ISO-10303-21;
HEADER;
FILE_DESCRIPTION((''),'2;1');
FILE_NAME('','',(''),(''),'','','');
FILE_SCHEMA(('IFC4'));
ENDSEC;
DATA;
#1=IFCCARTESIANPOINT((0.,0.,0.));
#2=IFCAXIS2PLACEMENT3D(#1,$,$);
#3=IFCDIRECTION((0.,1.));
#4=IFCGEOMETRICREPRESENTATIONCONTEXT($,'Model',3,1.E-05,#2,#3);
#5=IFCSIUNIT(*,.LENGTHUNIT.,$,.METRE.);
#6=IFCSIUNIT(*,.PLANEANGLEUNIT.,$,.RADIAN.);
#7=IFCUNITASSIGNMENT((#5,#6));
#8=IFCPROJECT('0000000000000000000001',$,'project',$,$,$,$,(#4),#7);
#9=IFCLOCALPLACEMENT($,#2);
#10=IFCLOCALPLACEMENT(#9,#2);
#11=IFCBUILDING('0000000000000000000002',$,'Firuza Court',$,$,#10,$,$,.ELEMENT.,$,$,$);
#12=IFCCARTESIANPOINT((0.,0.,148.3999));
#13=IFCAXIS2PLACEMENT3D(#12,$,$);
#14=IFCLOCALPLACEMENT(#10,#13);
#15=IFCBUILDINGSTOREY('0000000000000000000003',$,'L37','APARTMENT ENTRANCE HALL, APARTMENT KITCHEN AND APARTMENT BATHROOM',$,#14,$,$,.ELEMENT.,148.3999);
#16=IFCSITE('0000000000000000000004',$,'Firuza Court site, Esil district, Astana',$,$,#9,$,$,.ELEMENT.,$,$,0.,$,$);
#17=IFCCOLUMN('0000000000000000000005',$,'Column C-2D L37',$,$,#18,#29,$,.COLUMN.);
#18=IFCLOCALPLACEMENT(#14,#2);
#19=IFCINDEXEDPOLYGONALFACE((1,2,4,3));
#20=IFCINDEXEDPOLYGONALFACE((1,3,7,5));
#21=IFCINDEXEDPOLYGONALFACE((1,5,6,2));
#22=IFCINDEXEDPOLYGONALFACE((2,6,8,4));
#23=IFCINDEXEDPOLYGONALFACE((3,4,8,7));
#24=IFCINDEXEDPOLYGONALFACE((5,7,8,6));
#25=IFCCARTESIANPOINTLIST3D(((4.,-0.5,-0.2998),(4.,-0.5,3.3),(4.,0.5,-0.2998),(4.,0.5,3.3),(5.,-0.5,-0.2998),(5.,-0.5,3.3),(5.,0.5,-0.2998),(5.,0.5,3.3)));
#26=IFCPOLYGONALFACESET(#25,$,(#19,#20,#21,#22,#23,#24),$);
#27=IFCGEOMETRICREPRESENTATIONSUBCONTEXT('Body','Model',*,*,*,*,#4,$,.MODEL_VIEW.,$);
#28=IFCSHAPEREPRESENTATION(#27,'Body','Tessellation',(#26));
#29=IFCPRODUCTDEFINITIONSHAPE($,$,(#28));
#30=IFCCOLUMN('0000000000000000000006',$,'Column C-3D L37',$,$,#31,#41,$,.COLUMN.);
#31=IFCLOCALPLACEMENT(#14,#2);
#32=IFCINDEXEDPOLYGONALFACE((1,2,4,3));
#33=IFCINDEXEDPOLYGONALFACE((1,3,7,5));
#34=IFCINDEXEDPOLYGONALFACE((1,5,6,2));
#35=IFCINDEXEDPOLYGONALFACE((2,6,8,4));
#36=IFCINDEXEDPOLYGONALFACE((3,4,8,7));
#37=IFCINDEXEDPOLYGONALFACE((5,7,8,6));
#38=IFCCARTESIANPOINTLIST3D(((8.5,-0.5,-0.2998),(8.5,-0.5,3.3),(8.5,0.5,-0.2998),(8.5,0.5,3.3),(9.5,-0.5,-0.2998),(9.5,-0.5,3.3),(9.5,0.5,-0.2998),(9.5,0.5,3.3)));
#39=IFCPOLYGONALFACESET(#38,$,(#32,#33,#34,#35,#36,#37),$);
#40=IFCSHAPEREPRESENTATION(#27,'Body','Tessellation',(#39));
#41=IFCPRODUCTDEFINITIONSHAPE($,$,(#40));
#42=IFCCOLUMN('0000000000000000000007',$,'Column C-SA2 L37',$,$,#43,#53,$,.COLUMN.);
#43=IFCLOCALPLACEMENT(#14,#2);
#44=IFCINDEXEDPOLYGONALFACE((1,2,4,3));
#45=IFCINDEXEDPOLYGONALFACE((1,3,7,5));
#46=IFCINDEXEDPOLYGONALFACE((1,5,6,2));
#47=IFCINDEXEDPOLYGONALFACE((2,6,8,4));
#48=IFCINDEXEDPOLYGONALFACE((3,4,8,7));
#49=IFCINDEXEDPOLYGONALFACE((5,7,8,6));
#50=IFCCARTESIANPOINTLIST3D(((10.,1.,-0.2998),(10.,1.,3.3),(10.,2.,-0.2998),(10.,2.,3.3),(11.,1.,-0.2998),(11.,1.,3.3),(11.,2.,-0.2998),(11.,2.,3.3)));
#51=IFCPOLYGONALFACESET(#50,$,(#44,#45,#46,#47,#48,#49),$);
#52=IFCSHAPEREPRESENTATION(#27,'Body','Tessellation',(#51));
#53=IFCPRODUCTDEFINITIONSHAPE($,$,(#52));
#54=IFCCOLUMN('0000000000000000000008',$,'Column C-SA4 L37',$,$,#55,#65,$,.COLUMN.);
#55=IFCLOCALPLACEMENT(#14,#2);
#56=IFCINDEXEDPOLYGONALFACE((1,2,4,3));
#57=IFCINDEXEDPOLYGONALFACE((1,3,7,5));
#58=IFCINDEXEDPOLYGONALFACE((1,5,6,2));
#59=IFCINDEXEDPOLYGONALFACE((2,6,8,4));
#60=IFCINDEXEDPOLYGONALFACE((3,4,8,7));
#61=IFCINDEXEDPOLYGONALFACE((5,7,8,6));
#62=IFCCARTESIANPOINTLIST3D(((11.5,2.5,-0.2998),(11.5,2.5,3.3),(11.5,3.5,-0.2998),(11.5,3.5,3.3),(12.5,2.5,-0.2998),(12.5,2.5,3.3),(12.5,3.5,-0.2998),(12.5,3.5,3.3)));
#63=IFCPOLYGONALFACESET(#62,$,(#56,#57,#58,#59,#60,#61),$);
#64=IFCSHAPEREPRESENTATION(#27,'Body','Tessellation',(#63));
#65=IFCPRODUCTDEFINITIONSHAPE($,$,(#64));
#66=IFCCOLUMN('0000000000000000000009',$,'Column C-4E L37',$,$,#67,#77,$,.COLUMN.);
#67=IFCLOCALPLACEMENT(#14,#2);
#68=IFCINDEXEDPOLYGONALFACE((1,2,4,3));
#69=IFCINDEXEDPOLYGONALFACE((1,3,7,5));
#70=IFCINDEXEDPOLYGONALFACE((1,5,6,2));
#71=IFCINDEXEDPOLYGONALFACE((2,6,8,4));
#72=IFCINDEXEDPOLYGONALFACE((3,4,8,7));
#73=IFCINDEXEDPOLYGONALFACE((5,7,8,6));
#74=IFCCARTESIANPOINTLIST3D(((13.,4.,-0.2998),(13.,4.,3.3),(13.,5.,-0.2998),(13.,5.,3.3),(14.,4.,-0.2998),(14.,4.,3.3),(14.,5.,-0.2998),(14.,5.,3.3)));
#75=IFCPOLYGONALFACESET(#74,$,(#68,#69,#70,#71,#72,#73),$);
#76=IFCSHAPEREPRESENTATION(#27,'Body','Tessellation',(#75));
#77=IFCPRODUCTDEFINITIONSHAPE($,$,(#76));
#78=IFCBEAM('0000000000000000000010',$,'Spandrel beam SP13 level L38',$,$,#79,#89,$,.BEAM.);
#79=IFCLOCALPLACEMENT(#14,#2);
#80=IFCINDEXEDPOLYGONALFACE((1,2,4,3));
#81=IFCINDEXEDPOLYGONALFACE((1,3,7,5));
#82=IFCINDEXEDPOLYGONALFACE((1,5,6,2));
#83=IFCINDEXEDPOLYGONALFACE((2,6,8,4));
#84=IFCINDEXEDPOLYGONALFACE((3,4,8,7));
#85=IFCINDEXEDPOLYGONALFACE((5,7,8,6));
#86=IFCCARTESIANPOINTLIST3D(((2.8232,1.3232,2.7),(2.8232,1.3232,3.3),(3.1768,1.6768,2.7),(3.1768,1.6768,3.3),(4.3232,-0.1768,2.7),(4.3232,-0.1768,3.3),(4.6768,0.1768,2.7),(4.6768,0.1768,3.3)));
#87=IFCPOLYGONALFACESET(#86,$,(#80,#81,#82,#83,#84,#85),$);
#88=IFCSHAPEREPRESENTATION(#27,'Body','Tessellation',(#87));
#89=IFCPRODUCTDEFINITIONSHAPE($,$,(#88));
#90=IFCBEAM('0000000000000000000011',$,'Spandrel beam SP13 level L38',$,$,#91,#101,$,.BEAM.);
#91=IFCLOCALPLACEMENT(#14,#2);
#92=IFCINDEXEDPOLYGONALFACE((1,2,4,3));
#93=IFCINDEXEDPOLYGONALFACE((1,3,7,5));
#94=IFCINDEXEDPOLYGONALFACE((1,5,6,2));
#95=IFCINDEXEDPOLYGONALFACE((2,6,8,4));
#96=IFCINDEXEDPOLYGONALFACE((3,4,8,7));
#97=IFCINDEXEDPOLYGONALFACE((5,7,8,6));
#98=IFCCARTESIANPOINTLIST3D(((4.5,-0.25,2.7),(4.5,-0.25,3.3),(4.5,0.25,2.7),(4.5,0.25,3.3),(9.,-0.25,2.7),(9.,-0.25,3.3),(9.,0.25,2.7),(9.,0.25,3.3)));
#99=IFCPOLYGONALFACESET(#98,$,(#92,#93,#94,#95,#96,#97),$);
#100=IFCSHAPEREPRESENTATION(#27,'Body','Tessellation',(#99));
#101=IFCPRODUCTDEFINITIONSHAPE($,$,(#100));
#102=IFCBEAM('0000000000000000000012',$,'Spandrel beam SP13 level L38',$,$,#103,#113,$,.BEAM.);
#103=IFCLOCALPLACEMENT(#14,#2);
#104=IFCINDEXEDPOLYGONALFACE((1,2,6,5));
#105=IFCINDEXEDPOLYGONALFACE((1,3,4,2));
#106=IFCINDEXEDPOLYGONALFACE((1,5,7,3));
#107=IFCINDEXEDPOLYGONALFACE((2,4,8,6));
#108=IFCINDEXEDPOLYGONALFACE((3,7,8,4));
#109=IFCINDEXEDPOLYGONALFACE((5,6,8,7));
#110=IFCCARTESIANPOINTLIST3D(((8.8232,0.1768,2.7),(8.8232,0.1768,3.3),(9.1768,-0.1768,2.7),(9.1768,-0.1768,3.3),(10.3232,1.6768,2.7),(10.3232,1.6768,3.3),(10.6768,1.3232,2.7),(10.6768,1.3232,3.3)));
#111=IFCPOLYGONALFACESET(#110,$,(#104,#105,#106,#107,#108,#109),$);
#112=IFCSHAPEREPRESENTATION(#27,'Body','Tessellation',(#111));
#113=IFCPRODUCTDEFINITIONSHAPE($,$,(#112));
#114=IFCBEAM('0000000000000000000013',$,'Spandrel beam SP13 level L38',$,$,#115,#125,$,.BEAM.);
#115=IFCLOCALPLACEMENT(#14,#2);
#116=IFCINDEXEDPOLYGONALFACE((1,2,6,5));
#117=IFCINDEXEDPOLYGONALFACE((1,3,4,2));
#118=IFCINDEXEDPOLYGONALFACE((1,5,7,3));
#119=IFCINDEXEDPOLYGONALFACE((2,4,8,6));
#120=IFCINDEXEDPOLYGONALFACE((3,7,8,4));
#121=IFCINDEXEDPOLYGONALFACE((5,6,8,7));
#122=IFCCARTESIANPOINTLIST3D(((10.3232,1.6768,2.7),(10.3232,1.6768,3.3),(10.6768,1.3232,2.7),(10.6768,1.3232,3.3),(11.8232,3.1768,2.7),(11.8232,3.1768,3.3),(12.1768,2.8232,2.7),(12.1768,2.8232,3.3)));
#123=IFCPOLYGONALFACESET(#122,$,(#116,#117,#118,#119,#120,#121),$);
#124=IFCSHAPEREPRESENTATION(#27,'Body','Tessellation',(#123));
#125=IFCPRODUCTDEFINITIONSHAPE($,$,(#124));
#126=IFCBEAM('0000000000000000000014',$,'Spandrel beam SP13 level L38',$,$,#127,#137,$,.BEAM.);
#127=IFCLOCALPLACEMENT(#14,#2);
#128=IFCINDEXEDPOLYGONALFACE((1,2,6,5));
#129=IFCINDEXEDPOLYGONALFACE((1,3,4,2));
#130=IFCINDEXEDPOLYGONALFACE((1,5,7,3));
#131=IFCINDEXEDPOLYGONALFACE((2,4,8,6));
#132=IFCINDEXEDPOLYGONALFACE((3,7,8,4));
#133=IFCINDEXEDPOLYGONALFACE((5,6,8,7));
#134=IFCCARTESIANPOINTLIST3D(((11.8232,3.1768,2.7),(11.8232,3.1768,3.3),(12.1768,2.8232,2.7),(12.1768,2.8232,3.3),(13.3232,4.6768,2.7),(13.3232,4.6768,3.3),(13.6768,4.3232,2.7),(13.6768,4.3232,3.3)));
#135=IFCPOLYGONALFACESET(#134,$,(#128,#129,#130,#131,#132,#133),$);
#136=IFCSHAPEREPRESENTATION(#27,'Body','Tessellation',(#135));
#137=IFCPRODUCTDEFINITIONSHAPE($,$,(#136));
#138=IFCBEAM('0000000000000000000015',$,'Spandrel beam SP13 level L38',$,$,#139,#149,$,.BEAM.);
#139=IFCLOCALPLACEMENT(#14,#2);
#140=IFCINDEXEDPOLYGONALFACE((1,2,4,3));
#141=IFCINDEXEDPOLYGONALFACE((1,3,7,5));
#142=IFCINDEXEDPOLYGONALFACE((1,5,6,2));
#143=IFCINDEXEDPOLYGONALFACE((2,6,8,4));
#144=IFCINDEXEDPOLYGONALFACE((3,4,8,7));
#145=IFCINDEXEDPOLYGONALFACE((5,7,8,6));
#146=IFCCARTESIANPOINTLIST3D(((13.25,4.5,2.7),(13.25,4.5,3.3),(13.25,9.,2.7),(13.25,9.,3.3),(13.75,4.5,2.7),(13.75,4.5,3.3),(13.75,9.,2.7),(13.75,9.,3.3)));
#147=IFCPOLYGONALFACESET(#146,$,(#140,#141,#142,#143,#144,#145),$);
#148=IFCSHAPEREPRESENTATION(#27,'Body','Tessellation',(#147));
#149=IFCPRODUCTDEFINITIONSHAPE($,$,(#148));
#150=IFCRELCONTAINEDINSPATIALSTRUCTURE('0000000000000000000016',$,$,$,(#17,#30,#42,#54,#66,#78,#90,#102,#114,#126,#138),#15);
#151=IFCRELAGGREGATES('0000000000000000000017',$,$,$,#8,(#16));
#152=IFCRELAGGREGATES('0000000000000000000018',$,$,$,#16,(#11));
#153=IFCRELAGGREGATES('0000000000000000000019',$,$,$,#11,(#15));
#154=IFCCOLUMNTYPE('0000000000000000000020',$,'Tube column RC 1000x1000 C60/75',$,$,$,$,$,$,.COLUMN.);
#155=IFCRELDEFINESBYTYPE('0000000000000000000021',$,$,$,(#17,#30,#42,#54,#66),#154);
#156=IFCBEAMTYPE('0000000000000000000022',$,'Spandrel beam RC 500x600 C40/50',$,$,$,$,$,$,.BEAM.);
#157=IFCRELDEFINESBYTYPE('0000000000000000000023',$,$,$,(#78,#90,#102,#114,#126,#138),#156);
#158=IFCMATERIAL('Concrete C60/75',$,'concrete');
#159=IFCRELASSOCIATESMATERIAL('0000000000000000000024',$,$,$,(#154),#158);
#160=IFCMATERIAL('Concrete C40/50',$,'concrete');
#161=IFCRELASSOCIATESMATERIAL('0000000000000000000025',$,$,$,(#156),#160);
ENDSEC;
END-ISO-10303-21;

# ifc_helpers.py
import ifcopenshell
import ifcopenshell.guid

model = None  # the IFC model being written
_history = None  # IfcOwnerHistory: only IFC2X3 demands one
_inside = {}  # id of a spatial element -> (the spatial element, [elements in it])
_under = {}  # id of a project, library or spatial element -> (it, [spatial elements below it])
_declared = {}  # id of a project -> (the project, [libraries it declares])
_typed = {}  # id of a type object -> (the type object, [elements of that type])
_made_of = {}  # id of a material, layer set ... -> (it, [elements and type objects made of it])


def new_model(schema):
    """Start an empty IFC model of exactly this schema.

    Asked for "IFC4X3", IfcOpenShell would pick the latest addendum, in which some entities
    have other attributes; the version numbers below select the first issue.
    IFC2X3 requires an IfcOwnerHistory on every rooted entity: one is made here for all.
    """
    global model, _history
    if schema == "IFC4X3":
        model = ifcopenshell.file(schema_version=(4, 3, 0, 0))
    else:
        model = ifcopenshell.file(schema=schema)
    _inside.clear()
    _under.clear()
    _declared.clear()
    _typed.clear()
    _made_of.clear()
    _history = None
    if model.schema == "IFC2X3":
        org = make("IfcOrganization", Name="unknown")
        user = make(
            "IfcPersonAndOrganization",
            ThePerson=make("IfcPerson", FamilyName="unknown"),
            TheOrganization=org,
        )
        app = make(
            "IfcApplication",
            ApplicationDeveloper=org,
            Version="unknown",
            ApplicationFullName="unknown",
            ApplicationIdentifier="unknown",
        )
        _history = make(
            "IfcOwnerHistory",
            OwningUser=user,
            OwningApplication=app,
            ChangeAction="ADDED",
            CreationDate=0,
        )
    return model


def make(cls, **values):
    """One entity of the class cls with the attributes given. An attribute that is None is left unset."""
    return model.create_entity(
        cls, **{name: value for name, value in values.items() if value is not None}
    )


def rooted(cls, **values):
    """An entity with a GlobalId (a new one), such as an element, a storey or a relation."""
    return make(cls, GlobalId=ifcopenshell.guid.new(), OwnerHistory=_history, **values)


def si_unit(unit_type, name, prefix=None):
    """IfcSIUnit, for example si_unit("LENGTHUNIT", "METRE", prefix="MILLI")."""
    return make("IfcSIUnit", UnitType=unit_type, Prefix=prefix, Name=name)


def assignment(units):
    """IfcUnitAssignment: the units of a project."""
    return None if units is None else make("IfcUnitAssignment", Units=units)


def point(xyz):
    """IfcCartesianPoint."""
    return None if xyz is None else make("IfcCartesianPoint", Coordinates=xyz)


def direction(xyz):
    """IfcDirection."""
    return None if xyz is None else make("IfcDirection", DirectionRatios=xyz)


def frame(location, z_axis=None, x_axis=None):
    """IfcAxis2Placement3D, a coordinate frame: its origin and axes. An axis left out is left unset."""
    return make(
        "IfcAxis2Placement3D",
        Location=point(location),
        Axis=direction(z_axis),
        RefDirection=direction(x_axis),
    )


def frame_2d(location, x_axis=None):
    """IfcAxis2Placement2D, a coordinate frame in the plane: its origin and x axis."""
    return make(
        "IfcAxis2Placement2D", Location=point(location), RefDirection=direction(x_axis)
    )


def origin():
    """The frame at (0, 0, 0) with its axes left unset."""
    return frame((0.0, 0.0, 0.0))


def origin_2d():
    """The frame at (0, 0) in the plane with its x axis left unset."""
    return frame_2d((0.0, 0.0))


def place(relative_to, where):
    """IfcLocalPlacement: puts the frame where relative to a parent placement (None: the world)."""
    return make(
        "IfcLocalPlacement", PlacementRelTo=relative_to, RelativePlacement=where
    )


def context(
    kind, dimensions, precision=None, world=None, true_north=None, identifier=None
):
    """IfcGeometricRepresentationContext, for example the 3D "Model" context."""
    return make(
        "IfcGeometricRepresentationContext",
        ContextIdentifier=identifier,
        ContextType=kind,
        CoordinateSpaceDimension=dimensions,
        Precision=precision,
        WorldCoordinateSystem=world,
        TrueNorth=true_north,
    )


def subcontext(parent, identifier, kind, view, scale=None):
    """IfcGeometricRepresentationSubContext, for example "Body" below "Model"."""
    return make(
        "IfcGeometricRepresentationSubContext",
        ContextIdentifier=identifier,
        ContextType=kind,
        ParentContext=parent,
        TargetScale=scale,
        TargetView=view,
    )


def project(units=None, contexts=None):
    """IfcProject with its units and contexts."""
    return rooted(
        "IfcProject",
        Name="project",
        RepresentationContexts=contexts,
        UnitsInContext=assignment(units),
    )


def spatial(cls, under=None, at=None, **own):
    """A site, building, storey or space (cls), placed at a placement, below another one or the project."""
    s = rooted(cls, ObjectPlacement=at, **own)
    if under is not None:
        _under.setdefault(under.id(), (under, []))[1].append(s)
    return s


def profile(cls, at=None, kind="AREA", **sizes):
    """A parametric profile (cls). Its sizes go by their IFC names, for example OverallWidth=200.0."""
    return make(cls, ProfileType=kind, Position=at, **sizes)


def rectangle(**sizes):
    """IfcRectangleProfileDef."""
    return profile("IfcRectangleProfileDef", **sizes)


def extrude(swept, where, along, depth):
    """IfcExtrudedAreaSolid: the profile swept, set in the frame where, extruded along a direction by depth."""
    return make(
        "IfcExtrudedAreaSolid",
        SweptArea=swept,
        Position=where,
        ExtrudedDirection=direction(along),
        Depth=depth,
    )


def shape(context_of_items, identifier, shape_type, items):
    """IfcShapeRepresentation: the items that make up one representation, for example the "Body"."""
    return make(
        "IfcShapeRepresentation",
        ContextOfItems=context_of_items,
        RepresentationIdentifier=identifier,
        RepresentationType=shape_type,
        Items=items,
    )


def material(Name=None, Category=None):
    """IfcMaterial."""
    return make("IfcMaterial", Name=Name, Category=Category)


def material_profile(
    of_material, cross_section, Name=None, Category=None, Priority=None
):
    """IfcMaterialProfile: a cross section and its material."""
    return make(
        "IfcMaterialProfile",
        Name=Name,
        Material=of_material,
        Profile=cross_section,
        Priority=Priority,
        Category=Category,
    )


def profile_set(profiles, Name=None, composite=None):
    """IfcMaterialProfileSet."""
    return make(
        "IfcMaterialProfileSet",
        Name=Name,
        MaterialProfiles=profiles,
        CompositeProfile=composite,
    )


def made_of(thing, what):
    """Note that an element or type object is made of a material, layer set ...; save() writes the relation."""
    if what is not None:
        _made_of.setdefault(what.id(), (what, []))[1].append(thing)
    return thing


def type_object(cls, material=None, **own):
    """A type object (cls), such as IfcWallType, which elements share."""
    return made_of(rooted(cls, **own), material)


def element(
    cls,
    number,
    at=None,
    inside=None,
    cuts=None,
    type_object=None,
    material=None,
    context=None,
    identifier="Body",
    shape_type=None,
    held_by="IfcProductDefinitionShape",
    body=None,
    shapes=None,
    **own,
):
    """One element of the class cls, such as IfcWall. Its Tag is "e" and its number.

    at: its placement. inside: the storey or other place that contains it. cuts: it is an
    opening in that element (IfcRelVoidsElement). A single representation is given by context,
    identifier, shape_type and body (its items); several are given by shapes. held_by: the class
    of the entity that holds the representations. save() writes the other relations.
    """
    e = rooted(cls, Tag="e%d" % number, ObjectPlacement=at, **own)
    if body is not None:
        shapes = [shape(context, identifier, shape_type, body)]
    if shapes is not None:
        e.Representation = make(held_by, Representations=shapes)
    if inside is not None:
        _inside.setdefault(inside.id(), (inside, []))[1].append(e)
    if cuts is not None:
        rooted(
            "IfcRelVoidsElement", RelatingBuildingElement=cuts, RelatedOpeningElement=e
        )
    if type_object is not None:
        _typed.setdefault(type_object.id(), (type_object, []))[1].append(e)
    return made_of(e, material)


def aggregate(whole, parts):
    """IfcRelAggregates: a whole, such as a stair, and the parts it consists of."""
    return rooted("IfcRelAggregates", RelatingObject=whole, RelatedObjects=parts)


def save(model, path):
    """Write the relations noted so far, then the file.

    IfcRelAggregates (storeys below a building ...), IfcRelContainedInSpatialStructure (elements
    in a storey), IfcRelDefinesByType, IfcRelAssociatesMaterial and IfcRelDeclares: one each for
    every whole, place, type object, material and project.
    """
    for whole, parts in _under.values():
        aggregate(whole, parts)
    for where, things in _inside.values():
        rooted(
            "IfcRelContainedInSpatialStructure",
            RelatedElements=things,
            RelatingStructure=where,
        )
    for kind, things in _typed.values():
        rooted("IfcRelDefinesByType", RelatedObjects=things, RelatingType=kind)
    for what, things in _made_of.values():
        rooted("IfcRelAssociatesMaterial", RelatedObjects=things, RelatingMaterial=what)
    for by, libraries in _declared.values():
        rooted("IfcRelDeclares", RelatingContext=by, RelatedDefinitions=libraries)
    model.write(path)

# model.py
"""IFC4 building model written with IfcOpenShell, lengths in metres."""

from ifc_helpers import new_model, si_unit, direction, frame, origin, origin_2d, place, context, subcontext, project, spatial, rectangle, extrude, material, material_profile, profile_set, type_object, element, save


model = new_model("IFC4")

# Units and contexts
model_context = context("Model", 3, precision=1e-05, world=origin(), true_north=direction((0.0, 1.0)))
body_context = subcontext(model_context, "Body", "Model", "MODEL_VIEW")
ifc_project = project(units=[si_unit("LENGTHUNIT", "METRE"), si_unit("PLANEANGLEUNIT", "RADIAN")], contexts=[model_context])

# Site, building, storey
site_placement = place(None, origin())
site = spatial("IfcSite", under=ifc_project, at=site_placement, Name="Firuza Court site, Esil district, Astana", CompositionType="ELEMENT", RefElevation=0.0)
building_placement = place(site_placement, origin())
building = spatial("IfcBuilding", under=site, at=building_placement, Name="Firuza Court", CompositionType="ELEMENT")
storey_placement = place(building_placement, frame((0.0, 0.0, 148.3999)))
storey = spatial("IfcBuildingStorey", under=building, at=storey_placement, Name="L37", Description="APARTMENT ENTRANCE HALL, APARTMENT KITCHEN AND APARTMENT BATHROOM", CompositionType="ELEMENT", Elevation=148.3999)

# Columns
ifc_material_1 = material(Name="Concrete C60/75", Category="concrete")
ifc_material_profile_1 = material_profile(ifc_material_1, rectangle(XDim=1.0, YDim=1.0, at=origin_2d()), Name="RC 1000x1000")
ifc_profile_set_1 = profile_set([ifc_material_profile_1], Name="Concrete C60/75")
column_type = type_object("IfcColumnType", Name="Tube column RC 1000x1000 C60/75", PredefinedType="COLUMN", material=ifc_profile_set_1)
for number, where, z_axis, x_axis, name in (
    (1, (4.5, 0.0, -0.2998), (0.0, 0.0, 1.0), (1.0, 0.0, 0.0), "Column C-2D L37"),
    (2, (9.0, 0.0, -0.2998), (0.0, 0.0, 1.0), (1.0, 0.0, 0.0), "Column C-3D L37"),
    (3, (10.5, 1.5, -0.2998), (0.0, 0.0, 1.0), (1.0, 0.0, 0.0), "Column C-SA2 L37"),
    (4, (12.0, 3.0, -0.2998), (0.0, 0.0, 1.0), (1.0, 0.0, 0.0), "Column C-SA4 L37"),
    (5, (13.5, 4.5, -0.2998), (0.0, 0.0, 1.0), (1.0, 0.0, 0.0), "Column C-4E L37"),
):
    element("IfcColumn", number, at=place(storey_placement, frame(where, z_axis=z_axis, x_axis=x_axis)), inside=storey, type_object=column_type, Name=name, PredefinedType="COLUMN", context=body_context, shape_type="SweptSolid", body=[
        extrude(rectangle(XDim=1.0, YDim=1.0, at=origin_2d()), origin(), (0.0, 0.0, 1.0), 3.5999),
    ])

# Beams
ifc_material_2 = material(Name="Concrete C40/50", Category="concrete")
ifc_material_profile_2 = material_profile(ifc_material_2, rectangle(XDim=0.5, YDim=0.6001, at=origin_2d()), Name="RC 500x600")
ifc_profile_set_2 = profile_set([ifc_material_profile_2], Name="Concrete C40/50")
beam_type = type_object("IfcBeamType", Name="Spandrel beam RC 500x600 C40/50", PredefinedType="BEAM", material=ifc_profile_set_2)
beam_1_placement = place(storey_placement, frame((3.0, 1.5, 3.0), z_axis=(0.707107, -0.707107, 0.0), x_axis=(0.707107, 0.707107, 0.0)))
element("IfcBeam", 6, at=beam_1_placement, inside=storey, type_object=beam_type, Name="Spandrel beam SP13 level L38", PredefinedType="BEAM", context=body_context, shape_type="SweptSolid", body=[
    extrude(rectangle(XDim=0.5, YDim=0.6001, at=origin_2d()), origin(), (0.0, 0.0, 1.0), 2.1213),
])
beam_2_placement = place(storey_placement, frame((4.5, 0.0, 3.0), z_axis=(1.0, 0.0, 0.0), x_axis=(0.0, 1.0, 0.0)))
element("IfcBeam", 7, at=beam_2_placement, inside=storey, type_object=beam_type, Name="Spandrel beam SP13 level L38", PredefinedType="BEAM", context=body_context, shape_type="SweptSolid", body=[
    extrude(rectangle(XDim=0.5, YDim=0.6001, at=origin_2d()), origin(), (0.0, 0.0, 1.0), 4.5),
])
for number, where, z_axis, x_axis, name in (
    (8, (9.0, 0.0, 3.0), (0.707107, 0.707107, 0.0), (-0.707107, 0.707107, 0.0), "Spandrel beam SP13 level L38"),
    (9, (10.5, 1.5, 3.0), (0.707107, 0.707107, 0.0), (-0.707107, 0.707107, 0.0), "Spandrel beam SP13 level L38"),
    (10, (12.0, 3.0, 3.0), (0.707107, 0.707107, 0.0), (-0.707107, 0.707107, 0.0), "Spandrel beam SP13 level L38"),
):
    element("IfcBeam", number, at=place(storey_placement, frame(where, z_axis=z_axis, x_axis=x_axis)), inside=storey, type_object=beam_type, Name=name, PredefinedType="BEAM", context=body_context, shape_type="SweptSolid", body=[
        extrude(rectangle(XDim=0.5, YDim=0.6001, at=origin_2d()), origin(), (0.0, 0.0, 1.0), 2.1213),
    ])
beam_3_placement = place(storey_placement, frame((13.5, 4.5, 3.0), z_axis=(0.0, 1.0, 0.0), x_axis=(-1.0, 0.0, 0.0)))
element("IfcBeam", 11, at=beam_3_placement, inside=storey, type_object=beam_type, Name="Spandrel beam SP13 level L38", PredefinedType="BEAM", context=body_context, shape_type="SweptSolid", body=[
    extrude(rectangle(XDim=0.5, YDim=0.6001, at=origin_2d()), origin(), (0.0, 0.0, 1.0), 4.5),
])

save(model, "model.ifc")
